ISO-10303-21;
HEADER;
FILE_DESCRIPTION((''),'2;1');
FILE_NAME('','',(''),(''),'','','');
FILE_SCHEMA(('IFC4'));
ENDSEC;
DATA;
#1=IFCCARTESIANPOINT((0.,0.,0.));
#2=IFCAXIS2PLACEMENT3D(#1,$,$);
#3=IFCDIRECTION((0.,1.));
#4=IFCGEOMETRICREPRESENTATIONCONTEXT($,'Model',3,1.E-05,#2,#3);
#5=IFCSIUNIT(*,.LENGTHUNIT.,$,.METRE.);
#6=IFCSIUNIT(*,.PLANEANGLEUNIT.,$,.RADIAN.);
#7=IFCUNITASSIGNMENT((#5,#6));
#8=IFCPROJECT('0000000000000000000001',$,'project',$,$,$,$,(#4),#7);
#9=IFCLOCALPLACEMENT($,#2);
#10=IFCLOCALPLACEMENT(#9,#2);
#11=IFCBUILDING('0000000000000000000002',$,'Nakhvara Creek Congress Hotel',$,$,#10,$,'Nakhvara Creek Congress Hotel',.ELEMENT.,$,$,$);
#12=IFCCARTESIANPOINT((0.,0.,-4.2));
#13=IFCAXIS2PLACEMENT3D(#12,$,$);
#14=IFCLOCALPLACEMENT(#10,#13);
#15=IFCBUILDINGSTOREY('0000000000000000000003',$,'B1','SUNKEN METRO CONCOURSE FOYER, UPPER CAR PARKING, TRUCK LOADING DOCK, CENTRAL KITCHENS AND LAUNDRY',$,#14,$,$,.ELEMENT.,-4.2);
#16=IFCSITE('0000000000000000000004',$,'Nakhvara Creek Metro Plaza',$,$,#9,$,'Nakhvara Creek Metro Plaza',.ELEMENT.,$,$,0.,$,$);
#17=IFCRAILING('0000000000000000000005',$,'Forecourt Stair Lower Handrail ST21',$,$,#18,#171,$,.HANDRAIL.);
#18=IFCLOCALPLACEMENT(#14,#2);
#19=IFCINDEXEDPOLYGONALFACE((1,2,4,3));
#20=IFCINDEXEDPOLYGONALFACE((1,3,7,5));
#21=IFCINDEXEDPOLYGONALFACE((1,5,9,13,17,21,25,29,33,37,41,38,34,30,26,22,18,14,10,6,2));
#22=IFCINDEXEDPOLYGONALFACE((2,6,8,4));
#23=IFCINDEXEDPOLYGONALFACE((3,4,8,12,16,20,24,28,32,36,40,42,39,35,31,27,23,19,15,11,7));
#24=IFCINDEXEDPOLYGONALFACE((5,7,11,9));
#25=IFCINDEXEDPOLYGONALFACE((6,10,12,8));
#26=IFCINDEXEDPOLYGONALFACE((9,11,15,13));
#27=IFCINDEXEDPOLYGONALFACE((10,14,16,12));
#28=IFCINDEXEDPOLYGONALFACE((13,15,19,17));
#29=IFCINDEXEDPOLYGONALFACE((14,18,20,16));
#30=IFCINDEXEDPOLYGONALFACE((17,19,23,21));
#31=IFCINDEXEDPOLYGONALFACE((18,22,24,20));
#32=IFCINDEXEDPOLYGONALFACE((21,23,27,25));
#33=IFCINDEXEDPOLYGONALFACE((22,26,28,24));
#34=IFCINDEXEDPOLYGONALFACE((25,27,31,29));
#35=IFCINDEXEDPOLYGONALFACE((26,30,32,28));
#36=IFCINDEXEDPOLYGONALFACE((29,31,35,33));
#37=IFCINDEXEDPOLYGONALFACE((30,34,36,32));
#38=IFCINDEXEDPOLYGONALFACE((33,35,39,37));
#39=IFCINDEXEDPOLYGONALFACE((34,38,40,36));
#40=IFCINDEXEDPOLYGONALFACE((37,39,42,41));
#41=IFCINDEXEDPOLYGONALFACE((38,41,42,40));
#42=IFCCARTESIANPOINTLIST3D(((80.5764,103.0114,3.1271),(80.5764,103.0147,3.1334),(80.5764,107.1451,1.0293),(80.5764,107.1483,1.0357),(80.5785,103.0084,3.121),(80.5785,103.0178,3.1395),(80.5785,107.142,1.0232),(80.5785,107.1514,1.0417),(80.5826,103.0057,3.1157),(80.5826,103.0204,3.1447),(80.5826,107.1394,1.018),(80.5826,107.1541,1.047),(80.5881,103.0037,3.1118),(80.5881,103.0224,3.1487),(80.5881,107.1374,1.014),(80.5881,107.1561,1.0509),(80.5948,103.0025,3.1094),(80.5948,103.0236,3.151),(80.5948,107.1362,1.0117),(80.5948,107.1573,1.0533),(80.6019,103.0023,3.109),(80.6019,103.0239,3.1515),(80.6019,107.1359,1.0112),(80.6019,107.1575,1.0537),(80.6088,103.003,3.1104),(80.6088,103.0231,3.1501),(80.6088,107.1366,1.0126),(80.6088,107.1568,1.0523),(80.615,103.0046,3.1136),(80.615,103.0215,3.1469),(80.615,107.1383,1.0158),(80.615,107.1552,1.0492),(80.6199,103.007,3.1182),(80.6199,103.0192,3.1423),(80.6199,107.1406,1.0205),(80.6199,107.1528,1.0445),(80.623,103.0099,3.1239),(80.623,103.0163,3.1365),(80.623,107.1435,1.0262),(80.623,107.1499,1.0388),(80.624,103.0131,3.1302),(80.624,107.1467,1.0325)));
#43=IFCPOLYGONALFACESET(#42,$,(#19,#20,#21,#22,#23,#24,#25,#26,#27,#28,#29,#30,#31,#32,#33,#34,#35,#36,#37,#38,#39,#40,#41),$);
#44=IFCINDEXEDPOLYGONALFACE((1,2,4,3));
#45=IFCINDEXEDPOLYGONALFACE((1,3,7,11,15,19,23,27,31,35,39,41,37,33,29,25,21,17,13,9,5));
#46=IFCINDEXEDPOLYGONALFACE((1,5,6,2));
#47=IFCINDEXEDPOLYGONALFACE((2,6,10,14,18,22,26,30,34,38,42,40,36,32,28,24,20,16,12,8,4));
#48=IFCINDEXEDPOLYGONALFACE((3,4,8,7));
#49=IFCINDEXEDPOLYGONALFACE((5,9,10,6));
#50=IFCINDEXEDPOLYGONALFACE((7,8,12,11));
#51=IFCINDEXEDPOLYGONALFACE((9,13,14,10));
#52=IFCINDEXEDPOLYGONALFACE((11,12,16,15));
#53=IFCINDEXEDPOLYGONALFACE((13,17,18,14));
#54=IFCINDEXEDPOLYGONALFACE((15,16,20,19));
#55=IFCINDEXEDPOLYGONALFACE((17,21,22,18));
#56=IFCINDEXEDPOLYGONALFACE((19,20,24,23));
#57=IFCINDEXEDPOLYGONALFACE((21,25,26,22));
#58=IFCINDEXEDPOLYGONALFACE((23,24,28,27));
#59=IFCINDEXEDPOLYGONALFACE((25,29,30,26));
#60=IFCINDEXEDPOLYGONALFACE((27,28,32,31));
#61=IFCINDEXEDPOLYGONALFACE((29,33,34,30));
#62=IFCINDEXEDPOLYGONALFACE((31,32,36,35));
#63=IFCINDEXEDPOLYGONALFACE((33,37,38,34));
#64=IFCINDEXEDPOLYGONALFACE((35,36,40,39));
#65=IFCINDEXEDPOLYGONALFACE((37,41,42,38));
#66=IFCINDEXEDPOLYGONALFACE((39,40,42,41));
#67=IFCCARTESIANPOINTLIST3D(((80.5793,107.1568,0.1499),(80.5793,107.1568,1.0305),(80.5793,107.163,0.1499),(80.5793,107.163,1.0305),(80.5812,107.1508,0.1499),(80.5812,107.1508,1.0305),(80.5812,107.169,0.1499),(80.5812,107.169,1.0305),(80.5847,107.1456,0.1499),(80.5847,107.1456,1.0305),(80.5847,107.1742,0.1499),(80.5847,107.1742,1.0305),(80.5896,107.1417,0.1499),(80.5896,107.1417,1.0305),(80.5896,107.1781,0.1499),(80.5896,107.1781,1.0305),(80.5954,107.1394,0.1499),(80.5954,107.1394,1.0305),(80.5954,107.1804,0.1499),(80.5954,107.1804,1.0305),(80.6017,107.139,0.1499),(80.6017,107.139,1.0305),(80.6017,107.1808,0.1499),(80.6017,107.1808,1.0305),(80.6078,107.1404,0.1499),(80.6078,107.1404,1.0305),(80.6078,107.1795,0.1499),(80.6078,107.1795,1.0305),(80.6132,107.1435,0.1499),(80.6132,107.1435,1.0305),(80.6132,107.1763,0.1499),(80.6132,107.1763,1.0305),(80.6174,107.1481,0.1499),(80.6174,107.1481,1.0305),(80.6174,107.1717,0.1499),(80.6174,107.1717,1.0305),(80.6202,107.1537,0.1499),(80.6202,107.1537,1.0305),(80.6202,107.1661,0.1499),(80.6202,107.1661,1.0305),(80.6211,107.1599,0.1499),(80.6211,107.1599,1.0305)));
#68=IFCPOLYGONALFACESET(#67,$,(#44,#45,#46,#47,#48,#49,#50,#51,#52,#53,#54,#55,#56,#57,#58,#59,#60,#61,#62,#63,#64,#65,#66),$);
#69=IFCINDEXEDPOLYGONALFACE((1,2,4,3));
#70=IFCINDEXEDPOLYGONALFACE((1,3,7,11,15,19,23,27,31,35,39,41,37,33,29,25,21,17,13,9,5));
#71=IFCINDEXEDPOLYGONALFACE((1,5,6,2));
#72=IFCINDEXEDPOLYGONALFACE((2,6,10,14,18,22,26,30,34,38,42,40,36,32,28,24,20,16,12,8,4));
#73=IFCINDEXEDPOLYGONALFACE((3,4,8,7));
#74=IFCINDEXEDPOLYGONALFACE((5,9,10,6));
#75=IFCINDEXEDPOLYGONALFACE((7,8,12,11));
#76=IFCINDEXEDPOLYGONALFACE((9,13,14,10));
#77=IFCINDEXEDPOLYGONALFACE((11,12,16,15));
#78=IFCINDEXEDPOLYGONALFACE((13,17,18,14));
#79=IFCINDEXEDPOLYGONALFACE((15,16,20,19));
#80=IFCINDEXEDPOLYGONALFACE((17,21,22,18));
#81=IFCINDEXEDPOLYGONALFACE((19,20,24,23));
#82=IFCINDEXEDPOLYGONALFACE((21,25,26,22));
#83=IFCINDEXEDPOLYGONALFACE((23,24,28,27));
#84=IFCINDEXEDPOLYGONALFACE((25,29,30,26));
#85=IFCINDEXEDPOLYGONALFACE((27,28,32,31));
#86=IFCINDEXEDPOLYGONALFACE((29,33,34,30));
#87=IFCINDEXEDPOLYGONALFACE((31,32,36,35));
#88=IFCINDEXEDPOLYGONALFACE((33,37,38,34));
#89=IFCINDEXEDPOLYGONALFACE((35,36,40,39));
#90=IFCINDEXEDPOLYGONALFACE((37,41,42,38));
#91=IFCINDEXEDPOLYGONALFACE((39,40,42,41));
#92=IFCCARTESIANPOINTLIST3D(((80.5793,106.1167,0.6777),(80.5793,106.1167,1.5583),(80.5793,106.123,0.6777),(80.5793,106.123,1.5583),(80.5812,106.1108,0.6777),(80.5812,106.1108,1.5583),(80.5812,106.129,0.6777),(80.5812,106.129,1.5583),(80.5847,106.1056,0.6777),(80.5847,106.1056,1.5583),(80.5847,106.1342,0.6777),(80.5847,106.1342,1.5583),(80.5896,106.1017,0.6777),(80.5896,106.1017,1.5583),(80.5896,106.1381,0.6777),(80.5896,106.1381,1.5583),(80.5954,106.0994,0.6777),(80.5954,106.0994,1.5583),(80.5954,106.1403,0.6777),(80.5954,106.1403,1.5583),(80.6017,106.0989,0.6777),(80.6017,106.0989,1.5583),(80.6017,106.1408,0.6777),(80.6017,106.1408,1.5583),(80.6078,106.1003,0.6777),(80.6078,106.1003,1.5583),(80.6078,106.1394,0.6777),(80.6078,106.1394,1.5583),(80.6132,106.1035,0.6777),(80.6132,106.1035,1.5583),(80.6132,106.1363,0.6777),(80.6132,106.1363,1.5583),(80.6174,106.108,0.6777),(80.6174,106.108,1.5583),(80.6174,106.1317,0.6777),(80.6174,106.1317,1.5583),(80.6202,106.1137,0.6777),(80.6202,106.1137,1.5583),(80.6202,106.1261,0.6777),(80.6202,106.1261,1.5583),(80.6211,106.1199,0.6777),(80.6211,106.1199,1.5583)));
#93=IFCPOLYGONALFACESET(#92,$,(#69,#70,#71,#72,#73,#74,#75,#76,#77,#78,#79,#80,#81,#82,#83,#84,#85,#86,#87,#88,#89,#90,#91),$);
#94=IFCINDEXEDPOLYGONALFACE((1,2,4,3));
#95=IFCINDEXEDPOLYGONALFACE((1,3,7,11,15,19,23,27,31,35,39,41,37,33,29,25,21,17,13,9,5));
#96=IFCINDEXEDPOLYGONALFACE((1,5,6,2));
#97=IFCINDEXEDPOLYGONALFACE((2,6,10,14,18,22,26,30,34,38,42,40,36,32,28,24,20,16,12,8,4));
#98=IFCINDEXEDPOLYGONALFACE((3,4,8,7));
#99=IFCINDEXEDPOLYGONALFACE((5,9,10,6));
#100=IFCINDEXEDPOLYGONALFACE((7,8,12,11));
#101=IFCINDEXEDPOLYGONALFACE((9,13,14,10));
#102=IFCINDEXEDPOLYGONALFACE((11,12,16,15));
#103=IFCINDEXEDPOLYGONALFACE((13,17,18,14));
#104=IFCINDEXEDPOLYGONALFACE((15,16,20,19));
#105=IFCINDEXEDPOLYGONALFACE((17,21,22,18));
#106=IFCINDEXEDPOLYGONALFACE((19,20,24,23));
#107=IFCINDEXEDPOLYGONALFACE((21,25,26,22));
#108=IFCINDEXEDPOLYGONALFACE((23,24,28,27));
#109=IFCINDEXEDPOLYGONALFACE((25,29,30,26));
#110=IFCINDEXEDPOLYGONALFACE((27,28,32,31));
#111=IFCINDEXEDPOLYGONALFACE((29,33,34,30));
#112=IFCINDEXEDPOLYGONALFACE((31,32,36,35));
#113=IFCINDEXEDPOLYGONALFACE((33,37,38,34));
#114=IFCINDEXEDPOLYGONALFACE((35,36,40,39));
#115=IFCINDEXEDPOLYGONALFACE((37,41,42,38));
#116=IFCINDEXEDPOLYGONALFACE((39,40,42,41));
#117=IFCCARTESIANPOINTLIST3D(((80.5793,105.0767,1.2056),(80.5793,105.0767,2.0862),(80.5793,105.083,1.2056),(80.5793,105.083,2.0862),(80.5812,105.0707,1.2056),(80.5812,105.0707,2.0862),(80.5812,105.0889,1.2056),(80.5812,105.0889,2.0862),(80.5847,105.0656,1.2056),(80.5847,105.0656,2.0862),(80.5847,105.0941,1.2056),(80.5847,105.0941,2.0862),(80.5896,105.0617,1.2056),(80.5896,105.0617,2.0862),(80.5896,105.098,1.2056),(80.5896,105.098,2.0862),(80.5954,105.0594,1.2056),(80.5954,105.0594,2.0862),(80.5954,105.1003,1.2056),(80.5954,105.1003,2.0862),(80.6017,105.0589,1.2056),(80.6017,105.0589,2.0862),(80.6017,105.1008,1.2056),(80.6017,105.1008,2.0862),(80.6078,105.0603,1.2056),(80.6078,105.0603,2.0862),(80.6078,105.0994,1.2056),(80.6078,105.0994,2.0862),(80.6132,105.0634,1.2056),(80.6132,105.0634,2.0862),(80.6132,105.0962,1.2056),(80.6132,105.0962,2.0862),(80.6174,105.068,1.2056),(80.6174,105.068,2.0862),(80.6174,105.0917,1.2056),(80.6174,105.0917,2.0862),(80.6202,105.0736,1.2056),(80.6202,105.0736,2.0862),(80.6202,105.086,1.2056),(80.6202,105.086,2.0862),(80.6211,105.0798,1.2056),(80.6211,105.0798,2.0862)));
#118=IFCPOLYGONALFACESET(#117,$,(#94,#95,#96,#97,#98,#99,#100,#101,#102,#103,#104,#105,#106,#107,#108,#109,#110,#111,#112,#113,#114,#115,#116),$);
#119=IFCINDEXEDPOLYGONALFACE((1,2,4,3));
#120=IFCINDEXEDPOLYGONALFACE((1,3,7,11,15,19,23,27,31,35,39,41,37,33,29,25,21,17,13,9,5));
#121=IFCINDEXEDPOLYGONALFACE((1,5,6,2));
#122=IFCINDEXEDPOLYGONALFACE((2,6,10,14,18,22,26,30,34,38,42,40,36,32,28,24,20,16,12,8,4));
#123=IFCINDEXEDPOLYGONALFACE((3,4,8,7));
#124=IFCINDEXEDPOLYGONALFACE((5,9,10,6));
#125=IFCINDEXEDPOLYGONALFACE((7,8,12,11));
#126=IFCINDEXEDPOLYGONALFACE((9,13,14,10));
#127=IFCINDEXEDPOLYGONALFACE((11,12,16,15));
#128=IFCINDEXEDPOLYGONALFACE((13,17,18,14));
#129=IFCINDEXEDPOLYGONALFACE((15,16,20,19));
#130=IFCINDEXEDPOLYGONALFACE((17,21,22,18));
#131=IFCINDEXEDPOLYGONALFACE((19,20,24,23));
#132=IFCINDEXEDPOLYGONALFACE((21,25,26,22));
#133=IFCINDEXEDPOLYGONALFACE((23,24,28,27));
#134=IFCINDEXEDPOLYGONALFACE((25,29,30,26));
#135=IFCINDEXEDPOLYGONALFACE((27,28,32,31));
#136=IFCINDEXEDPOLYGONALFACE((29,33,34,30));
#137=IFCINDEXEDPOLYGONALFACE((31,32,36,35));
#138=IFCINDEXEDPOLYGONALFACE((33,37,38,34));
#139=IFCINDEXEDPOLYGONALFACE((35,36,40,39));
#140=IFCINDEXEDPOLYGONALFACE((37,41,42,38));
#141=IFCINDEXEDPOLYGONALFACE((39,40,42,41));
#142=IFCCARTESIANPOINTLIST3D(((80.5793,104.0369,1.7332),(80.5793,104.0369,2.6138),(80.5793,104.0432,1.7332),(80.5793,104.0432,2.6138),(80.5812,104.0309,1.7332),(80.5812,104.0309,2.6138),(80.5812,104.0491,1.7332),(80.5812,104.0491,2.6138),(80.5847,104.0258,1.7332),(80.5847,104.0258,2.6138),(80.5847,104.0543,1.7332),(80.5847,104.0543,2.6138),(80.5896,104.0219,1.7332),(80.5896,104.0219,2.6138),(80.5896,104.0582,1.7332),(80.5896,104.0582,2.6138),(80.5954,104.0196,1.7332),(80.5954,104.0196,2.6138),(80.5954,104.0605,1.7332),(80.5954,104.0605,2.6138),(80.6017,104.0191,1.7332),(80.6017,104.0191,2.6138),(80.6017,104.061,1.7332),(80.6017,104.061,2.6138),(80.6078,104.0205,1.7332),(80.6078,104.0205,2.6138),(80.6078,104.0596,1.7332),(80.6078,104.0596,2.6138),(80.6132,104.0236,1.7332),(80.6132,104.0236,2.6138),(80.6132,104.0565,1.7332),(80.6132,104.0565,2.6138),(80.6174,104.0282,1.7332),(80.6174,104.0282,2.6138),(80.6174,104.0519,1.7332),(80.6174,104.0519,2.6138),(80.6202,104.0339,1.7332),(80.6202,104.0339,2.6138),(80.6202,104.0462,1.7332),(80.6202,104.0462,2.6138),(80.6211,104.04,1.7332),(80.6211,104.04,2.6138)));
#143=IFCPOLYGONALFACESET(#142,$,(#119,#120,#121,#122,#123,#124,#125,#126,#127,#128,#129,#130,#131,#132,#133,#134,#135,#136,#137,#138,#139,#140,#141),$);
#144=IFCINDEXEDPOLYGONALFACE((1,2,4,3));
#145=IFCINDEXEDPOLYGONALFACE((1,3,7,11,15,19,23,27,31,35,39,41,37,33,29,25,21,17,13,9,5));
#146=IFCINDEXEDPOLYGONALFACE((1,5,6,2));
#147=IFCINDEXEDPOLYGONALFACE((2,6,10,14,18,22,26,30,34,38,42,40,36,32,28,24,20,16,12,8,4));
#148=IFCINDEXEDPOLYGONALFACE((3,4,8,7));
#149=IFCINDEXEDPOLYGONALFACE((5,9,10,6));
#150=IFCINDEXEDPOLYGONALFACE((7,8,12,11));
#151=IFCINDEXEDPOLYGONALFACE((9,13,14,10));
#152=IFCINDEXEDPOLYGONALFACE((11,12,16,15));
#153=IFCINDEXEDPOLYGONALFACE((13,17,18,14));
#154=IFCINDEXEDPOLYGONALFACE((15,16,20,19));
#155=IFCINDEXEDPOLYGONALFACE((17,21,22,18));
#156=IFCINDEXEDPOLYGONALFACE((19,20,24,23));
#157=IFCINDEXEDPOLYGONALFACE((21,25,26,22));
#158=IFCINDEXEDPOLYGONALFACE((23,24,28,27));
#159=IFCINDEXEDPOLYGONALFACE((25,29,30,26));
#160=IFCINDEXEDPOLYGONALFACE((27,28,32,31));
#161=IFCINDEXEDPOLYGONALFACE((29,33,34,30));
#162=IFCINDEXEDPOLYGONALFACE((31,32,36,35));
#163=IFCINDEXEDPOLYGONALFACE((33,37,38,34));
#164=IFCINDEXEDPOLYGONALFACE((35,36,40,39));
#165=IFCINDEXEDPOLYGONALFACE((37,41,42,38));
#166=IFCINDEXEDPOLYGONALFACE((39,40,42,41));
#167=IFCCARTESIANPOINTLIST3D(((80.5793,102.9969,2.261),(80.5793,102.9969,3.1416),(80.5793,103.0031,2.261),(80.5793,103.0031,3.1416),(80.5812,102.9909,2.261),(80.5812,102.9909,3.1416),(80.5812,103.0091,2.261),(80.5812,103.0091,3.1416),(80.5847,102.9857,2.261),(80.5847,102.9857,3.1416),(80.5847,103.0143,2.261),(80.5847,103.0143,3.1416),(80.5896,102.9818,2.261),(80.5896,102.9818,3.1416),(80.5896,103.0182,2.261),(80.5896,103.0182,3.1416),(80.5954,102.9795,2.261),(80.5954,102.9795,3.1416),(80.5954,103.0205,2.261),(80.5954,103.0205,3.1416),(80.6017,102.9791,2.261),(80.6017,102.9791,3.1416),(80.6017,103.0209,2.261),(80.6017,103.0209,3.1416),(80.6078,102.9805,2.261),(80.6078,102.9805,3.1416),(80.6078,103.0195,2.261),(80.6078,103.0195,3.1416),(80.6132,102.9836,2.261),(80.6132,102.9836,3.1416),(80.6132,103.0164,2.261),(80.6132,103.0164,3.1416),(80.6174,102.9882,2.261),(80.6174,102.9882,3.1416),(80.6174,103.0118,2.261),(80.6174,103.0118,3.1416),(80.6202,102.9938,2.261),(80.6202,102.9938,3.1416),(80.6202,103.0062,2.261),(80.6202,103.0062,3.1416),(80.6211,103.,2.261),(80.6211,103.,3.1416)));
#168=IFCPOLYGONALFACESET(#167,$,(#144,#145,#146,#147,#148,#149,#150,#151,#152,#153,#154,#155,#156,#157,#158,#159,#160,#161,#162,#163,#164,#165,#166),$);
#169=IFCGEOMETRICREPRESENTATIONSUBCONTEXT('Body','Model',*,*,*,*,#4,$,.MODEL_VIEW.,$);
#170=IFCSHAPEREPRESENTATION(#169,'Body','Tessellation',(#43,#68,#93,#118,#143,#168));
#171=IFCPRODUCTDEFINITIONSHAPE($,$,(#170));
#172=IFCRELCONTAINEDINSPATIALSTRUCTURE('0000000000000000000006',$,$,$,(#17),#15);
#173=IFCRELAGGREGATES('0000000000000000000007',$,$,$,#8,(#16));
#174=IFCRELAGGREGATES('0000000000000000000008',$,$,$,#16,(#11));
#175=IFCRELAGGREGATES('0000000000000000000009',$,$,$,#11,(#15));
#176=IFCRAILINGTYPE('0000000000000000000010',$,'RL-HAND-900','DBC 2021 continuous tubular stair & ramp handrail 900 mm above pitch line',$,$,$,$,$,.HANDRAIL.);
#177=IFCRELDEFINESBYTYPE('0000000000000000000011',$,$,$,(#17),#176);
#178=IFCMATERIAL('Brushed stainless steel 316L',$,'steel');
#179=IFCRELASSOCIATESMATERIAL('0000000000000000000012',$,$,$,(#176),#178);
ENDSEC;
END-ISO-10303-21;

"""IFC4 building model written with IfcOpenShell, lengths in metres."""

from ifc_helpers import new_model, si_unit, direction, frame, origin, origin_2d, place, context, subcontext, project, spatial, circle, extrude, material, type_object, element, save


model = new_model("IFC4")

# Units and contexts
model_context = context("Model", 3, precision=1e-05, world=origin(), true_north=direction((0.0, 1.0)))
body_context = subcontext(model_context, "Body", "Model", "MODEL_VIEW")
ifc_project = project(units=[si_unit("LENGTHUNIT", "METRE"), si_unit("PLANEANGLEUNIT", "RADIAN")], contexts=[model_context])

# Site, building, storey
site_placement = place(None, origin())
site = spatial("IfcSite", under=ifc_project, at=site_placement, Name="Nakhvara Creek Metro Plaza", LongName="Nakhvara Creek Metro Plaza", CompositionType="ELEMENT", RefElevation=0.0)
building_placement = place(site_placement, origin())
building = spatial("IfcBuilding", under=site, at=building_placement, Name="Nakhvara Creek Congress Hotel", LongName="Nakhvara Creek Congress Hotel", CompositionType="ELEMENT")
storey_placement = place(building_placement, frame((0.0, 0.0, -4.2)))
storey = spatial("IfcBuildingStorey", under=building, at=storey_placement, Name="B1", Description="SUNKEN METRO CONCOURSE FOYER, UPPER CAR PARKING, TRUCK LOADING DOCK, CENTRAL KITCHENS AND LAUNDRY", CompositionType="ELEMENT", Elevation=-4.2)

# Railing
ifc_material_1 = material(Name="Brushed stainless steel 316L", Category="steel")
railing_type_1 = type_object("IfcRailingType", Name="RL-HAND-900", Description="DBC 2021 continuous tubular stair & ramp handrail 900 mm above pitch line", PredefinedType="HANDRAIL", material=ifc_material_1)
railing_1_placement = place(storey_placement, frame((80.6001, 107.1599, 0.1499)))
element("IfcRailing", 1, at=railing_1_placement, inside=storey, type_object=railing_type_1, Name="Forecourt Stair Lower Handrail ST21", PredefinedType="HANDRAIL", context=body_context, shape_type="SweptSolid", body=[
    extrude(circle(Radius=0.0239, at=origin_2d()), frame((0.0, -0.0132, 0.8826), z_axis=(0.0, -0.891742, 0.452544), x_axis=(1.0, 0.0, 0.0)), (0.0, 0.0, 1.0), 4.6355),
    extrude(circle(Radius=0.021, at=origin_2d()), origin(), (0.0, 0.0, 1.0), 0.8806),
    extrude(circle(Radius=0.021, at=origin_2d()), frame((0.0, -1.04, 0.5278)), (0.0, 0.0, 1.0), 0.8806),
    extrude(circle(Radius=0.021, at=origin_2d()), frame((0.0, -2.0801, 1.0557)), (0.0, 0.0, 1.0), 0.8806),
    extrude(circle(Radius=0.021, at=origin_2d()), frame((0.0, -3.1199, 1.5833)), (0.0, 0.0, 1.0), 0.8806),
    extrude(circle(Radius=0.021, at=origin_2d()), frame((0.0, -4.1599, 2.1111)), (0.0, 0.0, 1.0), 0.8806),
])

save(model, "model.ifc")
